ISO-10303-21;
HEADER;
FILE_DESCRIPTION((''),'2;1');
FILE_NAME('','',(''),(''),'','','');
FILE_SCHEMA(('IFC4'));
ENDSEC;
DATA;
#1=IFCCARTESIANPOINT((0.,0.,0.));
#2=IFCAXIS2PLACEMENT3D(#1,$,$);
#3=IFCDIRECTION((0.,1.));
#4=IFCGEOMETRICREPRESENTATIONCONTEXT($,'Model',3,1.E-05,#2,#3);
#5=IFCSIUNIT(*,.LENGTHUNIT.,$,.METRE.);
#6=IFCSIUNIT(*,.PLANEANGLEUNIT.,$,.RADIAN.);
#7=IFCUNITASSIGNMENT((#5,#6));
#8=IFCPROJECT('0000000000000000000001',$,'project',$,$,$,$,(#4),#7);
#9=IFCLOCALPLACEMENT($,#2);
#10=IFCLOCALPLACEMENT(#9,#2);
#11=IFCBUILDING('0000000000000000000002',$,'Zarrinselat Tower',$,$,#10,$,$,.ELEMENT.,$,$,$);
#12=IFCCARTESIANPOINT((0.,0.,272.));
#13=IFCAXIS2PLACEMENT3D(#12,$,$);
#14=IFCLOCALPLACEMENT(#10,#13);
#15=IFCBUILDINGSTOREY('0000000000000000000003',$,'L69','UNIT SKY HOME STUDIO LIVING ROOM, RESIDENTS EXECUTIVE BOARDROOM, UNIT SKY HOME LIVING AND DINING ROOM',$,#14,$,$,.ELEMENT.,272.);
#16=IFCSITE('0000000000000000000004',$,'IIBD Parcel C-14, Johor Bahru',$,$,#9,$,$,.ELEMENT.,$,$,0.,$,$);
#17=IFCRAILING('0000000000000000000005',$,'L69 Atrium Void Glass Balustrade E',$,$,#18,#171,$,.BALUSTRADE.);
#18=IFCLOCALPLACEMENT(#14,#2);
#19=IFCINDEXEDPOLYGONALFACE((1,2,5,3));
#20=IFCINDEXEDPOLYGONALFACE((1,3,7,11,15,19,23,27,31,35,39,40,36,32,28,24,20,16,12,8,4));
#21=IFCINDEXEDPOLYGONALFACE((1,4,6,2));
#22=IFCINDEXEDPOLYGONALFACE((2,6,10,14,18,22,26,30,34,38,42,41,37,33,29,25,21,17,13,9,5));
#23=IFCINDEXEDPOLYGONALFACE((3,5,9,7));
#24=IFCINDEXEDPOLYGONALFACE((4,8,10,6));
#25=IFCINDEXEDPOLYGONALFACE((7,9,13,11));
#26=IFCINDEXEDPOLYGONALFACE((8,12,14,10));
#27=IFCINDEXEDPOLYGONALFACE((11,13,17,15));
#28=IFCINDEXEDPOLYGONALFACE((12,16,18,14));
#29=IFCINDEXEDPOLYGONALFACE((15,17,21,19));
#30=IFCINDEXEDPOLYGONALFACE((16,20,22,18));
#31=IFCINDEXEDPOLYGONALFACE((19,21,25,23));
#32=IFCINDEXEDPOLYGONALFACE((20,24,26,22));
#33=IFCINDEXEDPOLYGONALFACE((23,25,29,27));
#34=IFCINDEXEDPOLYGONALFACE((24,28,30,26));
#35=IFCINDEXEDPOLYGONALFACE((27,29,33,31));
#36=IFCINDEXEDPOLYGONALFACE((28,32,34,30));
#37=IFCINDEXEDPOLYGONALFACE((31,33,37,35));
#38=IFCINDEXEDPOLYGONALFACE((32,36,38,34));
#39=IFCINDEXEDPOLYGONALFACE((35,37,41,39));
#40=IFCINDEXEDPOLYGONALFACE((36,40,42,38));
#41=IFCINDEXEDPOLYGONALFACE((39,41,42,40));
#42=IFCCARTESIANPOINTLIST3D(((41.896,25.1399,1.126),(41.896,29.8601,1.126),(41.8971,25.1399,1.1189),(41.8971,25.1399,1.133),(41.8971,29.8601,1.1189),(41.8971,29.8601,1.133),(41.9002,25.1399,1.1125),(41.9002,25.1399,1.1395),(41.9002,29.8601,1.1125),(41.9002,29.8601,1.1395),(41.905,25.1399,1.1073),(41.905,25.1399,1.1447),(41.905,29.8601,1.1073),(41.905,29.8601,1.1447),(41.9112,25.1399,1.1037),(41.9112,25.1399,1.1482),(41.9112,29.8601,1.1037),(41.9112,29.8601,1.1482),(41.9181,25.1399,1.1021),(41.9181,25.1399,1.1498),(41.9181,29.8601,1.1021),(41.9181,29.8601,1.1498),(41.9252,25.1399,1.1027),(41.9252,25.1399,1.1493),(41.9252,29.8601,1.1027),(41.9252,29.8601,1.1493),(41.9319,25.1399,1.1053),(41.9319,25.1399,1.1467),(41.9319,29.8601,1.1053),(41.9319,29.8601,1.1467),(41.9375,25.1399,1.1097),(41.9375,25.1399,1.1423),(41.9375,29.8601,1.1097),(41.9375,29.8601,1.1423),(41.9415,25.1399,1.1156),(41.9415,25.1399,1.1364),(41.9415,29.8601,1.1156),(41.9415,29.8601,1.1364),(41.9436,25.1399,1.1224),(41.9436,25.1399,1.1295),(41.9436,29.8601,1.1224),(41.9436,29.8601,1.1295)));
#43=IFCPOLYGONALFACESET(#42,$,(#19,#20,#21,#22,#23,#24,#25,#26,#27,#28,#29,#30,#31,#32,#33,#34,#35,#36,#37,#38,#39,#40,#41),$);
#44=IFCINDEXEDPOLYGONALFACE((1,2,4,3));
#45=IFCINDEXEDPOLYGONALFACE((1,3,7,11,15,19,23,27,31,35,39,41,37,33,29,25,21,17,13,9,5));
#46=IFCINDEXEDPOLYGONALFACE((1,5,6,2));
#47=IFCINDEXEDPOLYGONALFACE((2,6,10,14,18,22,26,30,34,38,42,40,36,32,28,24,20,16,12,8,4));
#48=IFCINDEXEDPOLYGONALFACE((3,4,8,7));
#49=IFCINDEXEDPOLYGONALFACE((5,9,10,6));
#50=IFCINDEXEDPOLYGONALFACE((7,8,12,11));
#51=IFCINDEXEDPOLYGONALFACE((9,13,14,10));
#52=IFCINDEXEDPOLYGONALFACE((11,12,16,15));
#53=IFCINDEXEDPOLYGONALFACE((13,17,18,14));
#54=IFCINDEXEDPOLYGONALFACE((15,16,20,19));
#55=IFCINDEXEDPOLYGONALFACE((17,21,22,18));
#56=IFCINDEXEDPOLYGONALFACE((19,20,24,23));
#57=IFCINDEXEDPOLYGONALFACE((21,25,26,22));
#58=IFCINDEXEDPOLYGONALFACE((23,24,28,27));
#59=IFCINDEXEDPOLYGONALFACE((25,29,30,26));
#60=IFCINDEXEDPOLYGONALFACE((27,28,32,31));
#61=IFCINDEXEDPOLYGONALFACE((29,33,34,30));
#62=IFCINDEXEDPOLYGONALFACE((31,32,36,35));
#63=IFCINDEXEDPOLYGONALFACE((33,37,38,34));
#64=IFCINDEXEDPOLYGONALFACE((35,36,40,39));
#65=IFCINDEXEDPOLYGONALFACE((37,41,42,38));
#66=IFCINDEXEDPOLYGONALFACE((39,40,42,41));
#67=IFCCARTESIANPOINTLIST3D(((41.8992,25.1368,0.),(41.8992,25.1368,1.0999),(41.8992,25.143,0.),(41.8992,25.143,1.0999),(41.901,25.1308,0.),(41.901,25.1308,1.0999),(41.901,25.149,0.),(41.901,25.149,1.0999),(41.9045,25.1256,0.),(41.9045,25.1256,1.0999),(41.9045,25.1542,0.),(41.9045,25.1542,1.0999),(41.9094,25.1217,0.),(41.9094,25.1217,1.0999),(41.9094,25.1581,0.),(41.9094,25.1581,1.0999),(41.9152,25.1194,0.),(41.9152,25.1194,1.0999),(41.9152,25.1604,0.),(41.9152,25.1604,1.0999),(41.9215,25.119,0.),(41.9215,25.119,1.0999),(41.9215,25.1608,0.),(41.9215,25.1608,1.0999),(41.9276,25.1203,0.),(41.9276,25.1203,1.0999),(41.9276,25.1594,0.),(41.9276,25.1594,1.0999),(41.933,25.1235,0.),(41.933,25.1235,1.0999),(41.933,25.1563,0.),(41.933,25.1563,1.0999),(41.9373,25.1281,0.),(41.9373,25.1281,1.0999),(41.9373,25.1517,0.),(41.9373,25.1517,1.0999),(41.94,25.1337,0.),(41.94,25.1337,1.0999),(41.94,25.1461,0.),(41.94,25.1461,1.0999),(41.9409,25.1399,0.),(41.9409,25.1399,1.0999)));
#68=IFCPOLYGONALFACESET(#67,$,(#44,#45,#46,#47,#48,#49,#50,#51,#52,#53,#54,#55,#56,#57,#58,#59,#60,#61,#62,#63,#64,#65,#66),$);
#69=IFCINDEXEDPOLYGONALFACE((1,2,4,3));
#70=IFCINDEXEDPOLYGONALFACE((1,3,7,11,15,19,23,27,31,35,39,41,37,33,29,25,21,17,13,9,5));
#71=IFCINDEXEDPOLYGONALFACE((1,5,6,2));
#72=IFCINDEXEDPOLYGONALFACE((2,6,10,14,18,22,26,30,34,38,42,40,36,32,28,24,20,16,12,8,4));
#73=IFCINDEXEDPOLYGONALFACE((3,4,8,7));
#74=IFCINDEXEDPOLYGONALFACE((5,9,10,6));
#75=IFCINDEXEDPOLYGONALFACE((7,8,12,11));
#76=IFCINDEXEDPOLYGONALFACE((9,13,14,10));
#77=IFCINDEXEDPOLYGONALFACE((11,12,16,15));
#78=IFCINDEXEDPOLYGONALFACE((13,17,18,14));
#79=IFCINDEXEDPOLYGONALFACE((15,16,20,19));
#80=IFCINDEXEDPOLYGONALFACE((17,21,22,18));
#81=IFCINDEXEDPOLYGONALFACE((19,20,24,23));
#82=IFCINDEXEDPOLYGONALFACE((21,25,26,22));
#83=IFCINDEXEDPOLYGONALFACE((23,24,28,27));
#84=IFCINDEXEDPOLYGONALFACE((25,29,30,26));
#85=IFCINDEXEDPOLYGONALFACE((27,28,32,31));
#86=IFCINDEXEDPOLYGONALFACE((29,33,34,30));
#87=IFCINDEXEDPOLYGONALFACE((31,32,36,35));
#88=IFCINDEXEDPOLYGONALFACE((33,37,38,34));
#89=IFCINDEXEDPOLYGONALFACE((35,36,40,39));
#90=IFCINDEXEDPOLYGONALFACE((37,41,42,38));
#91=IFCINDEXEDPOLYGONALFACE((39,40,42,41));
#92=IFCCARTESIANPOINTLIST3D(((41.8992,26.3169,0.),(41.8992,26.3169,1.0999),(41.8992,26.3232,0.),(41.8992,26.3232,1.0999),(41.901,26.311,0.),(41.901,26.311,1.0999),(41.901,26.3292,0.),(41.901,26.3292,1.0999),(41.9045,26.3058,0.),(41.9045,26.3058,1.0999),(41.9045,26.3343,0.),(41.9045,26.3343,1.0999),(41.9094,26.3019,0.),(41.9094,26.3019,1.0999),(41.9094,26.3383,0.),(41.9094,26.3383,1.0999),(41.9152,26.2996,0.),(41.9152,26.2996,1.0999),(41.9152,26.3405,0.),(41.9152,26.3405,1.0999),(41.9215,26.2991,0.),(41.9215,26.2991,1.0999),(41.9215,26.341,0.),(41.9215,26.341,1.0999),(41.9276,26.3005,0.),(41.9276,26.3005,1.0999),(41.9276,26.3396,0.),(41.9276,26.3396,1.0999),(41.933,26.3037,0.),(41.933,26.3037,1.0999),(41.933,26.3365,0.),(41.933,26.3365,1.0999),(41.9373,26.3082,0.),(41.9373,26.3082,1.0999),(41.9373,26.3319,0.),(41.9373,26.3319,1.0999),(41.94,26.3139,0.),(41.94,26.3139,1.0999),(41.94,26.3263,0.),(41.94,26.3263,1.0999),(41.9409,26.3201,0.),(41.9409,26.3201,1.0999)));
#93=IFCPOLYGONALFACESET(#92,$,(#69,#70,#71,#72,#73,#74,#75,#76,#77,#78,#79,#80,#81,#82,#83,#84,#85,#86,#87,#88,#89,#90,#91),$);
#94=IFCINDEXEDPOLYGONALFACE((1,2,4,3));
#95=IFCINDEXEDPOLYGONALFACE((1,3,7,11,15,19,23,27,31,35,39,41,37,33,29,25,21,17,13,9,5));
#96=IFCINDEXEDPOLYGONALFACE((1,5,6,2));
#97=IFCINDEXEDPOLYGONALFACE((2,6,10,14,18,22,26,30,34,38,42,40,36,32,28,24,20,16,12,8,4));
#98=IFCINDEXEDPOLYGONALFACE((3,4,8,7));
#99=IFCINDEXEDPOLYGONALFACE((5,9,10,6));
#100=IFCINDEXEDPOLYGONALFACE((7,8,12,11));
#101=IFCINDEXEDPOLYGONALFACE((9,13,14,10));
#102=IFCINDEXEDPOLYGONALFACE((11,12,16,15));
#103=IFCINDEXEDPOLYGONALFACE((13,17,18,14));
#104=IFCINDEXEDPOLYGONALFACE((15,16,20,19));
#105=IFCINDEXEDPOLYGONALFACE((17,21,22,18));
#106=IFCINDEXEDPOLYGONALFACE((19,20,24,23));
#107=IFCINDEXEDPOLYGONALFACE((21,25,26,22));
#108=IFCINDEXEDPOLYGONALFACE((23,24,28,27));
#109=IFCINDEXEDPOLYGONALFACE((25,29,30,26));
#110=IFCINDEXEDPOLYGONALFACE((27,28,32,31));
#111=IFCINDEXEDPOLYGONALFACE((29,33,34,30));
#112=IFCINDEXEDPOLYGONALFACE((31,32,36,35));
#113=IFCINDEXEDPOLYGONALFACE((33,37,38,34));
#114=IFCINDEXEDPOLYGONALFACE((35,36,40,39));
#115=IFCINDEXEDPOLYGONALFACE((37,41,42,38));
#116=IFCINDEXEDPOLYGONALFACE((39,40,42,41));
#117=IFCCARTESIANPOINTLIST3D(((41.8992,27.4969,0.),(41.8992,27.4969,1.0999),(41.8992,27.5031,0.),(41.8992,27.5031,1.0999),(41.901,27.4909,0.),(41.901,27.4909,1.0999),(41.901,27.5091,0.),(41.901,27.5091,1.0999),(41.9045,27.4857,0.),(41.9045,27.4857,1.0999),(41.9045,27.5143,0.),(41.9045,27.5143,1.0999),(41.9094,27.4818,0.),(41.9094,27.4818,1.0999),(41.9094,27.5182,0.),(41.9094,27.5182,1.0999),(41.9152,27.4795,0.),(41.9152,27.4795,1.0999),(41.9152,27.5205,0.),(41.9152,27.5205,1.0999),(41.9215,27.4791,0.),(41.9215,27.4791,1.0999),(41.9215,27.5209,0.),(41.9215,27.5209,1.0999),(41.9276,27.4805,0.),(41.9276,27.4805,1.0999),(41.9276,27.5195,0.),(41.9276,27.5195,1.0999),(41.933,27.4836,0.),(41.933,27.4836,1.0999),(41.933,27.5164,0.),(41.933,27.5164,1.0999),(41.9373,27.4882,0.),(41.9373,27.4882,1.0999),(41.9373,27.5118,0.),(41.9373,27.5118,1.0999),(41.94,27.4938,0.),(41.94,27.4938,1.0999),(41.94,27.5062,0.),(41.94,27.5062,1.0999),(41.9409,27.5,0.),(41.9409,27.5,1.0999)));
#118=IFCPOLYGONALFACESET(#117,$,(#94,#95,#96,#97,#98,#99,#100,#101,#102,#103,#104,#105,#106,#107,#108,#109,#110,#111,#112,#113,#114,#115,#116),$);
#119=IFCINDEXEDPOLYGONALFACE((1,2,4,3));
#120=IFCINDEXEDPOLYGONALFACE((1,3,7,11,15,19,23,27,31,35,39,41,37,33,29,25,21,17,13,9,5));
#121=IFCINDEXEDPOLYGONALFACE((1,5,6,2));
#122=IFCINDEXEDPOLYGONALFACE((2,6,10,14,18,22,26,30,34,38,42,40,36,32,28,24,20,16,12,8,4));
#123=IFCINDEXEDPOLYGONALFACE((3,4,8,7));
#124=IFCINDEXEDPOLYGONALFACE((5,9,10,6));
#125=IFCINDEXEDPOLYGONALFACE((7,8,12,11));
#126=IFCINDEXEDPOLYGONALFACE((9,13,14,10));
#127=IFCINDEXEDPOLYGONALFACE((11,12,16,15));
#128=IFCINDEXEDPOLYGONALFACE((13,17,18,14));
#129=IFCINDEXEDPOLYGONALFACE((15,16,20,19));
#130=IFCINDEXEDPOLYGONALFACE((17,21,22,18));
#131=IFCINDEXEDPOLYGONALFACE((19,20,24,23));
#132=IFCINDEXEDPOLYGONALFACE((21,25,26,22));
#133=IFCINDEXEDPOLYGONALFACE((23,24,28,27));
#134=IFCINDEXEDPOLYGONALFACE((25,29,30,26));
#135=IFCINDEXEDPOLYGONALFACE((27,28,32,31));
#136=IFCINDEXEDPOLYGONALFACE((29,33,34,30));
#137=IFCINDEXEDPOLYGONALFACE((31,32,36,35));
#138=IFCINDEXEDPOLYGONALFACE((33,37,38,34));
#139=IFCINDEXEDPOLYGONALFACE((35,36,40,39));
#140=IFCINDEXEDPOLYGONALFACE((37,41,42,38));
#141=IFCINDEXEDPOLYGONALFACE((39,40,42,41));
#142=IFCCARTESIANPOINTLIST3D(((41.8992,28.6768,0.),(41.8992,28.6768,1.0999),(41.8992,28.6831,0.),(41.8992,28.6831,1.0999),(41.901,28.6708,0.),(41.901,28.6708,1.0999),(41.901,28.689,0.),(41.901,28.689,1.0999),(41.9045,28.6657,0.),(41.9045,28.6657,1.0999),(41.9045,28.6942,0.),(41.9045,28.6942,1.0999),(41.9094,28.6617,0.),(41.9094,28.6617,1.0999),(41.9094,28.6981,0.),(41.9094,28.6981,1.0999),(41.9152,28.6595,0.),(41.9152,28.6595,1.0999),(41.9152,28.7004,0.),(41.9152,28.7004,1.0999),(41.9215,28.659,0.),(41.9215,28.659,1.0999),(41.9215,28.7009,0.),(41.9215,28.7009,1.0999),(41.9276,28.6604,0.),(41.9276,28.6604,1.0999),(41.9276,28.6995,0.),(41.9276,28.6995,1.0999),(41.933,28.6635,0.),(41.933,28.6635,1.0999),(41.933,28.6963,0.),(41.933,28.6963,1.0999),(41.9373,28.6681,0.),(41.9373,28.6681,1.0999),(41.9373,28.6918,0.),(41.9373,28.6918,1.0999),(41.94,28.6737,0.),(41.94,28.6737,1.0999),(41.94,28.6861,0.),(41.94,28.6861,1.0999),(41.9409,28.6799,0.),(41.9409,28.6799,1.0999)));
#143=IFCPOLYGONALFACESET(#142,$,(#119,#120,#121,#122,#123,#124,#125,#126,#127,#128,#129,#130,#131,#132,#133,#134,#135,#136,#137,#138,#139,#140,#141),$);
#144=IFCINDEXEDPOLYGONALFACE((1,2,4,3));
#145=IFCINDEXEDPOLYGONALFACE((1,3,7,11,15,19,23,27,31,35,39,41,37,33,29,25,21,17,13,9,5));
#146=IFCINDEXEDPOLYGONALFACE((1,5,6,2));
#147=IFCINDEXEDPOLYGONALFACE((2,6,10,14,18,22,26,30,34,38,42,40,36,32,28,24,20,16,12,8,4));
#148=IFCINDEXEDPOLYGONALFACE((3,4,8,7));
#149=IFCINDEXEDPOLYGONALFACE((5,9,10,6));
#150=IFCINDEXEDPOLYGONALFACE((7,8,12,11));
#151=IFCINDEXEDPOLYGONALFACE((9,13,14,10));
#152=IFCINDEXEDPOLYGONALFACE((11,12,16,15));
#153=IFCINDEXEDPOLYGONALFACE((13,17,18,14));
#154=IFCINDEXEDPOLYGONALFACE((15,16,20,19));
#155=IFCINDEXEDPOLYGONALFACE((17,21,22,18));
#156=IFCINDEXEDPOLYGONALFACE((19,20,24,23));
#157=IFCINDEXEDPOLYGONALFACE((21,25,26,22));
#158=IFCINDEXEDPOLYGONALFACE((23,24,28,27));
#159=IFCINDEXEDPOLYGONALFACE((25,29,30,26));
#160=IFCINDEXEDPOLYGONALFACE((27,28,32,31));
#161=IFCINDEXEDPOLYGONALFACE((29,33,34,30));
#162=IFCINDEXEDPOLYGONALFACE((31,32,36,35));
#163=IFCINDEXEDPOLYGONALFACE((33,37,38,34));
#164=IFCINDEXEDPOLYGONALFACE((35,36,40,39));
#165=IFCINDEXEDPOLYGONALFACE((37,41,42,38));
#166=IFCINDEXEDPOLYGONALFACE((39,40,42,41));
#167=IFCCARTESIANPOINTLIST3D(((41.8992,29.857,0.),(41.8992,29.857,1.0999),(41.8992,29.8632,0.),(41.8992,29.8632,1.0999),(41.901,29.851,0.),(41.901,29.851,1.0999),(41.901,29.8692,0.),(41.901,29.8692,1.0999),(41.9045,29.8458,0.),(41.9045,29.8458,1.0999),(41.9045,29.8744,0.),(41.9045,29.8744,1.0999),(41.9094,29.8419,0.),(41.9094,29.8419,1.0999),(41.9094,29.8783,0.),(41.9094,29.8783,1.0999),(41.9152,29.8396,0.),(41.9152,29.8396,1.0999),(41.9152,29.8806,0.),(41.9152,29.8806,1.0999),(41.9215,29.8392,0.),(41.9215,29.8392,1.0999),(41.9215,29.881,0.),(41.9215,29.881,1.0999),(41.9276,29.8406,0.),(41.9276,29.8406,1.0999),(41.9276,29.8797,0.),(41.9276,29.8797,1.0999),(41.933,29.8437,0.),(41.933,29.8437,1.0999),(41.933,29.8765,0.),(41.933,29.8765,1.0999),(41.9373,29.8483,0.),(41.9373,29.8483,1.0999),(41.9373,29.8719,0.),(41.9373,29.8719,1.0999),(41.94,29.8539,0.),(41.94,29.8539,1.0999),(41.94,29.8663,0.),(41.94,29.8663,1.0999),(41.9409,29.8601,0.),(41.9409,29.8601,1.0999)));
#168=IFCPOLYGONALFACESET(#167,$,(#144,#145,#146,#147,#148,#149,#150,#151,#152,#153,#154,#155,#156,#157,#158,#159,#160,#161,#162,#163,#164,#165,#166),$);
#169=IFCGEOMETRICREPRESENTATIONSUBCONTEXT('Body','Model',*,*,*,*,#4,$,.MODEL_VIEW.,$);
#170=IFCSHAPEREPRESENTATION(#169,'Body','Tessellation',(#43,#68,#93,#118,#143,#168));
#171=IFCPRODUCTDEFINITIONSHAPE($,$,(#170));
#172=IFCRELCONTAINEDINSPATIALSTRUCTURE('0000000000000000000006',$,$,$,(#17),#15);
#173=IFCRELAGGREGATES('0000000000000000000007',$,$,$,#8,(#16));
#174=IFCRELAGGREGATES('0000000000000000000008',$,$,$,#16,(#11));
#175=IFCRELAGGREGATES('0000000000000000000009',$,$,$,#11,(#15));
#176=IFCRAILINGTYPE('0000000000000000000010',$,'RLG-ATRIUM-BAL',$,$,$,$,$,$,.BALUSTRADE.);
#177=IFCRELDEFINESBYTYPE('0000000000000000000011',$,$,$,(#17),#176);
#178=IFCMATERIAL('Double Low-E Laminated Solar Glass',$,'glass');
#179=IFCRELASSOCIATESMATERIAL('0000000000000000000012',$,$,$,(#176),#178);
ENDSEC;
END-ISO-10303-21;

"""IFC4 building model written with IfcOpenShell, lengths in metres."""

from ifc_helpers import new_model, si_unit, direction, frame, origin, origin_2d, place, context, subcontext, project, spatial, circle, extrude, material, type_object, element, save


model = new_model("IFC4")

# Units and contexts
model_context = context("Model", 3, precision=1e-05, world=origin(), true_north=direction((0.0, 1.0)))
body_context = subcontext(model_context, "Body", "Model", "MODEL_VIEW")
ifc_project = project(units=[si_unit("LENGTHUNIT", "METRE"), si_unit("PLANEANGLEUNIT", "RADIAN")], contexts=[model_context])

# Site, building, storey
site_placement = place(None, origin())
site = spatial("IfcSite", under=ifc_project, at=site_placement, Name="IIBD Parcel C-14, Johor Bahru", CompositionType="ELEMENT", RefElevation=0.0)
building_placement = place(site_placement, origin())
building = spatial("IfcBuilding", under=site, at=building_placement, Name="Zarrinselat Tower", CompositionType="ELEMENT")
storey_placement = place(building_placement, frame((0.0, 0.0, 272.0)))
storey = spatial("IfcBuildingStorey", under=building, at=storey_placement, Name="L69", Description="UNIT SKY HOME STUDIO LIVING ROOM, RESIDENTS EXECUTIVE BOARDROOM, UNIT SKY HOME LIVING AND DINING ROOM", CompositionType="ELEMENT", Elevation=272.0)

# Railing
ifc_material_1 = material(Name="Double Low-E Laminated Solar Glass", Category="glass")
railing_type_1 = type_object("IfcRailingType", Name="RLG-ATRIUM-BAL", PredefinedType="BALUSTRADE", material=ifc_material_1)
railing_1_placement = place(storey_placement, frame((41.9199, 25.1399, 0.0)))
element("IfcRailing", 1, at=railing_1_placement, inside=storey, type_object=railing_type_1, Name="L69 Atrium Void Glass Balustrade E", PredefinedType="BALUSTRADE", context=body_context, shape_type="SweptSolid", body=[
    extrude(circle(Radius=0.0239, at=origin_2d()), frame((0.0, 0.0, 1.126), z_axis=(0.0, 1.0, 0.0), x_axis=(-1.0, 0.0, 0.0)), (0.0, 0.0, 1.0), 4.7202),
    extrude(circle(Radius=0.021, at=origin_2d()), origin(), (0.0, 0.0, 1.0), 1.0999),
    extrude(circle(Radius=0.021, at=origin_2d()), frame((0.0, 1.1802, 0.0)), (0.0, 0.0, 1.0), 1.0999),
    extrude(circle(Radius=0.021, at=origin_2d()), frame((0.0, 2.3601, 0.0)), (0.0, 0.0, 1.0), 1.0999),
    extrude(circle(Radius=0.021, at=origin_2d()), frame((0.0, 3.54, 0.0)), (0.0, 0.0, 1.0), 1.0999),
    extrude(circle(Radius=0.021, at=origin_2d()), frame((0.0, 4.7202, 0.0)), (0.0, 0.0, 1.0), 1.0999),
])

save(model, "model.ifc")
